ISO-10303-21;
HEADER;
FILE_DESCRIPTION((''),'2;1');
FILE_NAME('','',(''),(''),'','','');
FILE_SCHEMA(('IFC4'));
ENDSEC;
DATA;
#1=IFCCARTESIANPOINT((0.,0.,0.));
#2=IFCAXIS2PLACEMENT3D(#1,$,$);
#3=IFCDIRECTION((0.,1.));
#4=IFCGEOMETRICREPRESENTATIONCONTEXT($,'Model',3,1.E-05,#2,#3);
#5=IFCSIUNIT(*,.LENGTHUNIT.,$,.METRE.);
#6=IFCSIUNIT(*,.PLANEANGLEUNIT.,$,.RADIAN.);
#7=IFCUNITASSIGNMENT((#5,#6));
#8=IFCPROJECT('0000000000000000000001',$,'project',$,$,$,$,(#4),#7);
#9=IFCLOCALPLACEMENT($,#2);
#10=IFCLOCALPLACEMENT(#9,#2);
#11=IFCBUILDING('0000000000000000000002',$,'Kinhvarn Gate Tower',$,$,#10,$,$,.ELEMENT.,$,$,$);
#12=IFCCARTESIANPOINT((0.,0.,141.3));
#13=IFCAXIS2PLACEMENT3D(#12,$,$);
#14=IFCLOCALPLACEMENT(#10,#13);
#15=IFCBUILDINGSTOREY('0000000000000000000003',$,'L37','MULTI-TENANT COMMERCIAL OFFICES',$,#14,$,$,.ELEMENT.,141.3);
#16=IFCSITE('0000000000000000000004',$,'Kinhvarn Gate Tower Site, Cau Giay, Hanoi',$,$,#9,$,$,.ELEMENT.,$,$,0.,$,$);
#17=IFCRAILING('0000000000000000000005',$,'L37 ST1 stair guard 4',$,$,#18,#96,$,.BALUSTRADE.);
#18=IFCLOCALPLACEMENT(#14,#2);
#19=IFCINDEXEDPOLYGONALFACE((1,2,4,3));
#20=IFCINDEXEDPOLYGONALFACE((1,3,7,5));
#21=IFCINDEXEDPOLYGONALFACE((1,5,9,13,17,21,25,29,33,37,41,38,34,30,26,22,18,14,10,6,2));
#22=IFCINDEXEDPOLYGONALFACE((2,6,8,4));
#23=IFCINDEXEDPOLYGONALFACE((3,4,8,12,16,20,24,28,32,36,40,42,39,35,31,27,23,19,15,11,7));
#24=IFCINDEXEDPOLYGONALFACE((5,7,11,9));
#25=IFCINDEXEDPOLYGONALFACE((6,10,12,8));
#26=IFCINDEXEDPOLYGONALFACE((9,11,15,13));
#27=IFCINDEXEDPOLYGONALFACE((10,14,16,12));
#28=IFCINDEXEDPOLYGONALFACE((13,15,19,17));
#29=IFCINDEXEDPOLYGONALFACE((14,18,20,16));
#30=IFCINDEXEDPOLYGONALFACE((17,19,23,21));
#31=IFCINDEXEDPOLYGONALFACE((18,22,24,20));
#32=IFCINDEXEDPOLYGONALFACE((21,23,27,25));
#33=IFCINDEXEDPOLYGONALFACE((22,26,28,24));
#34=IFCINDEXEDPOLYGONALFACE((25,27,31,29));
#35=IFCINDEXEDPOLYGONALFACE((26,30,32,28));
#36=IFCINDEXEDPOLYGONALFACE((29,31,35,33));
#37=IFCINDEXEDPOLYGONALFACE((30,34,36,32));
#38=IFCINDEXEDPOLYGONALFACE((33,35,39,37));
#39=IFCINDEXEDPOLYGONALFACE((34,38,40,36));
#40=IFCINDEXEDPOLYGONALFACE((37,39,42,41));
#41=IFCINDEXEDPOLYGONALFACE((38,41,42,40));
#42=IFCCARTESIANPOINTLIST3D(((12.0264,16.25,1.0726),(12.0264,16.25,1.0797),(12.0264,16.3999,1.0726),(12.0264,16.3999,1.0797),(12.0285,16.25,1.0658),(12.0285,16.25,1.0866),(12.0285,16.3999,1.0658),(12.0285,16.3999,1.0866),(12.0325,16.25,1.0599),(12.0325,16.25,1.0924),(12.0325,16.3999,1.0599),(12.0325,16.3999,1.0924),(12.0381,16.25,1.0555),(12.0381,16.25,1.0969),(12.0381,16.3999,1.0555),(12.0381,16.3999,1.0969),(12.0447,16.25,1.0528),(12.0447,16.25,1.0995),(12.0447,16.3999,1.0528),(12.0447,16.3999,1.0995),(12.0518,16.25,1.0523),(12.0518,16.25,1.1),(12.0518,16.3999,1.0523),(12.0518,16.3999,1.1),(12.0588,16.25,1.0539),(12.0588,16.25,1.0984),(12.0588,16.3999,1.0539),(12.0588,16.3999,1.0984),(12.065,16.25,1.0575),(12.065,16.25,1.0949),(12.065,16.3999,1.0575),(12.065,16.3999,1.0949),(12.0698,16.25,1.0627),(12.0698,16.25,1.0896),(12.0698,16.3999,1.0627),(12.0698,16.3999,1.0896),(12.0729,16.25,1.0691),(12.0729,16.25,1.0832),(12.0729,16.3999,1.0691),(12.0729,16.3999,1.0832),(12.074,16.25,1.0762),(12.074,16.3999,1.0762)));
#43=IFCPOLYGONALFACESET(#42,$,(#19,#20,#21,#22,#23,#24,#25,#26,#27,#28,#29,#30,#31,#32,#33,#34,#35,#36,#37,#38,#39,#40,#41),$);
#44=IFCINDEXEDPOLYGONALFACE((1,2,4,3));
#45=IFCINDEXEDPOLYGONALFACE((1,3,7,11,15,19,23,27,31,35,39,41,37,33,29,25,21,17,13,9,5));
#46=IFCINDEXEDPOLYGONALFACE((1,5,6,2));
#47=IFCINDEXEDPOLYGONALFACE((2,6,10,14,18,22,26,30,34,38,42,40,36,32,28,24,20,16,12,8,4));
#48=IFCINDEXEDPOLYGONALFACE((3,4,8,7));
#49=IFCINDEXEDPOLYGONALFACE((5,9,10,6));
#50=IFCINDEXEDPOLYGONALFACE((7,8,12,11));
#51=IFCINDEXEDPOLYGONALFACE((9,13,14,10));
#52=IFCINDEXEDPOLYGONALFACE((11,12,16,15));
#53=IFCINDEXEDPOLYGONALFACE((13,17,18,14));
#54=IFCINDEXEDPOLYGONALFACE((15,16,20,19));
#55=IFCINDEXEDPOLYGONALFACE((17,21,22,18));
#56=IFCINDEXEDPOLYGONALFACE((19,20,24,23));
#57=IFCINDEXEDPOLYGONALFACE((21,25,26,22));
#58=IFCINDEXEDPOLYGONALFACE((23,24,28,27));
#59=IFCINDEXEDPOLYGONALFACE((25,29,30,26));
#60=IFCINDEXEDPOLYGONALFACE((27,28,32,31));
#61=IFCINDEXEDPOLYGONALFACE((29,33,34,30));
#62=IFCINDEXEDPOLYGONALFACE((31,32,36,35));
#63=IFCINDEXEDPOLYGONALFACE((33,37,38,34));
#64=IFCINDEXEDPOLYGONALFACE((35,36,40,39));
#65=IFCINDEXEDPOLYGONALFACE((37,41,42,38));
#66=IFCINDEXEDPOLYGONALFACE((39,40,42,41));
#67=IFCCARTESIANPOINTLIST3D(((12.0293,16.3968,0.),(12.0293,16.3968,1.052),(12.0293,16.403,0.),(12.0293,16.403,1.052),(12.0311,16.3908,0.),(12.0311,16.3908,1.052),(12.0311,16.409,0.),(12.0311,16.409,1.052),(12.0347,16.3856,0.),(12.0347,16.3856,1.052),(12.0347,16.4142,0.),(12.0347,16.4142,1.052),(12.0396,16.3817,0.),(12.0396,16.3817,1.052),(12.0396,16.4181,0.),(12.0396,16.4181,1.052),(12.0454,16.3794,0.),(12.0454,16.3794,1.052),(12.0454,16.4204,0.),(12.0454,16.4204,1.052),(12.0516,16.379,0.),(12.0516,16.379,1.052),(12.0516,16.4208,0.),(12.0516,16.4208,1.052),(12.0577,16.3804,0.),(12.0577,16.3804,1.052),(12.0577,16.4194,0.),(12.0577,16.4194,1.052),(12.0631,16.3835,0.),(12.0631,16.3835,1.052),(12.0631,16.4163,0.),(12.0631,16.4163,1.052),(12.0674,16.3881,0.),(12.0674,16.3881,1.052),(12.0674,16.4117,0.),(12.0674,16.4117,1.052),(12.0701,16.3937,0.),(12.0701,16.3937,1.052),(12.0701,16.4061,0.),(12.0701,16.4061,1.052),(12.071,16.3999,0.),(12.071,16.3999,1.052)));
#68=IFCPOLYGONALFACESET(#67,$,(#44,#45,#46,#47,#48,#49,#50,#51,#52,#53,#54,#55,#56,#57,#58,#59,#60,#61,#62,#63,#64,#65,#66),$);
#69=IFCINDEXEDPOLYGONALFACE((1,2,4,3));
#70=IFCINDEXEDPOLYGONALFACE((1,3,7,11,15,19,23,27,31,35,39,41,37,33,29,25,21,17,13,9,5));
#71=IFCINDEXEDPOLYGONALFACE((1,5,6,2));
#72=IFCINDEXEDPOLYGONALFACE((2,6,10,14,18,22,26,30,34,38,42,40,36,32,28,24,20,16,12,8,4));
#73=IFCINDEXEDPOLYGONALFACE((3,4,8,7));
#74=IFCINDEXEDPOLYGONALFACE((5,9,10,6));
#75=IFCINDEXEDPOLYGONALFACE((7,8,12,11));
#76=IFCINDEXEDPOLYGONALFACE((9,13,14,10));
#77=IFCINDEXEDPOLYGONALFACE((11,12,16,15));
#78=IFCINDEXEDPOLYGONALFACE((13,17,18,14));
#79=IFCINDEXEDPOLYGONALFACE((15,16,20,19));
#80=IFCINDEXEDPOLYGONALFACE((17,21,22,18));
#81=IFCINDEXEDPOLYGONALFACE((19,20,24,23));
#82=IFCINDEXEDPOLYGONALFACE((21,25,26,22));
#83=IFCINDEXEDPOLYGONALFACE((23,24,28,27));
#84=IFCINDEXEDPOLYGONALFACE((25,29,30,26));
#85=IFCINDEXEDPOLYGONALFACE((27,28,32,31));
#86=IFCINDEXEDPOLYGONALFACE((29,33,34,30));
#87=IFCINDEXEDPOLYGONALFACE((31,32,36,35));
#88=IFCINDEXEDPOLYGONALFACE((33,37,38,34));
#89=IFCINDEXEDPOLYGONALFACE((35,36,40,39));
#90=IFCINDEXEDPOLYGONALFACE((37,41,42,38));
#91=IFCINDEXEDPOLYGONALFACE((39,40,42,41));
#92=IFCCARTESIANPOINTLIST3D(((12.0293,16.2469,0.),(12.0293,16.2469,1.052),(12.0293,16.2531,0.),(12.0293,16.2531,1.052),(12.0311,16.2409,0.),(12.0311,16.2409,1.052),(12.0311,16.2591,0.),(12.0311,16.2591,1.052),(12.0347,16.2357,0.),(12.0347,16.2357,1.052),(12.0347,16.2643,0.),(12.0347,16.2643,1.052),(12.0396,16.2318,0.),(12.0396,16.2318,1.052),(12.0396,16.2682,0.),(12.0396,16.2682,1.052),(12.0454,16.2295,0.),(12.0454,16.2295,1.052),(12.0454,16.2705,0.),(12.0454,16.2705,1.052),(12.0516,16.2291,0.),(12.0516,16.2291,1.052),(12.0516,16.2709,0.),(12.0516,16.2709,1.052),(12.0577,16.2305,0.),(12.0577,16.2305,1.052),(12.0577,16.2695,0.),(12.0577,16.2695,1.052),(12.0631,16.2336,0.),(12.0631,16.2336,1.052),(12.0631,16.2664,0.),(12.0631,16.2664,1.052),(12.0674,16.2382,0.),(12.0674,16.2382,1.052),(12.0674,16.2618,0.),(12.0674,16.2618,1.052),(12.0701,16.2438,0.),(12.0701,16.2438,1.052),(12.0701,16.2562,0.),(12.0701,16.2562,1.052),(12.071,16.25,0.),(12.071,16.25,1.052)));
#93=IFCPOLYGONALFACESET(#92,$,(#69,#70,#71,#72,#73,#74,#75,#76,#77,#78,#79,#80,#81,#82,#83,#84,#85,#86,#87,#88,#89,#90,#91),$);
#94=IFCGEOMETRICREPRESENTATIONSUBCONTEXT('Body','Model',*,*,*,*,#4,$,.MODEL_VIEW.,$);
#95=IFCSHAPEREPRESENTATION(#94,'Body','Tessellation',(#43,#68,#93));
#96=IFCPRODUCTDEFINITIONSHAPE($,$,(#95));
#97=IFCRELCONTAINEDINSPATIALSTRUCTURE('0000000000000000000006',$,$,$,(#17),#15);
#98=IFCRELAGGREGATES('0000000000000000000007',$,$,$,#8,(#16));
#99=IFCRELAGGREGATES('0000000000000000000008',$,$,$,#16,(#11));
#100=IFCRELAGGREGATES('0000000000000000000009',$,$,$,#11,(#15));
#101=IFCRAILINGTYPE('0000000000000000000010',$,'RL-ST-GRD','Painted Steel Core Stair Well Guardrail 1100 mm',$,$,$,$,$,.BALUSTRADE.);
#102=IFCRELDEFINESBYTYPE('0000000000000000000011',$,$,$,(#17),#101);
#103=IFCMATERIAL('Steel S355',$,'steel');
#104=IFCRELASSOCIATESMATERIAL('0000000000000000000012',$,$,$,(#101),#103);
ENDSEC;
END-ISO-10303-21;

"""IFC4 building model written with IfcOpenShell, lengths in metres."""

from ifc_helpers import new_model, si_unit, direction, frame, origin, origin_2d, place, context, subcontext, project, spatial, circle, extrude, material, type_object, element, save


model = new_model("IFC4")

# Units and contexts
model_context = context("Model", 3, precision=1e-05, world=origin(), true_north=direction((0.0, 1.0)))
body_context = subcontext(model_context, "Body", "Model", "MODEL_VIEW")
ifc_project = project(units=[si_unit("LENGTHUNIT", "METRE"), si_unit("PLANEANGLEUNIT", "RADIAN")], contexts=[model_context])

# Site, building, storey
site_placement = place(None, origin())
site = spatial("IfcSite", under=ifc_project, at=site_placement, Name="Kinhvarn Gate Tower Site, Cau Giay, Hanoi", CompositionType="ELEMENT", RefElevation=0.0)
building_placement = place(site_placement, origin())
building = spatial("IfcBuilding", under=site, at=building_placement, Name="Kinhvarn Gate Tower", CompositionType="ELEMENT")
storey_placement = place(building_placement, frame((0.0, 0.0, 141.3)))
storey = spatial("IfcBuildingStorey", under=building, at=storey_placement, Name="L37", Description="MULTI-TENANT COMMERCIAL OFFICES", CompositionType="ELEMENT", Elevation=141.3)

# Shared definitions
ifc_material_1 = material(Name="Steel S355", Category="steel")

# Railing
railing_type_1 = type_object("IfcRailingType", Name="RL-ST-GRD", Description="Painted Steel Core Stair Well Guardrail 1100 mm", PredefinedType="BALUSTRADE", material=ifc_material_1)
railing_1_placement = place(storey_placement, frame((12.05, 16.3999, 0.0)))
element("IfcRailing", 1, at=railing_1_placement, inside=storey, type_object=railing_type_1, Name="L37 ST1 stair guard 4", PredefinedType="BALUSTRADE", context=body_context, shape_type="SweptSolid", body=[
    extrude(circle(Radius=0.0239, at=origin_2d()), frame((0.0, 0.0, 1.0762), z_axis=(0.0, -1.0, 0.0), x_axis=(1.0, 0.0, 0.0)), (0.0, 0.0, 1.0), 0.1499),
    extrude(circle(Radius=0.021, at=origin_2d()), origin(), (0.0, 0.0, 1.0), 1.052),
    extrude(circle(Radius=0.021, at=origin_2d()), frame((0.0, -0.1499, 0.0)), (0.0, 0.0, 1.0), 1.052),
])

save(model, "model.ifc")
